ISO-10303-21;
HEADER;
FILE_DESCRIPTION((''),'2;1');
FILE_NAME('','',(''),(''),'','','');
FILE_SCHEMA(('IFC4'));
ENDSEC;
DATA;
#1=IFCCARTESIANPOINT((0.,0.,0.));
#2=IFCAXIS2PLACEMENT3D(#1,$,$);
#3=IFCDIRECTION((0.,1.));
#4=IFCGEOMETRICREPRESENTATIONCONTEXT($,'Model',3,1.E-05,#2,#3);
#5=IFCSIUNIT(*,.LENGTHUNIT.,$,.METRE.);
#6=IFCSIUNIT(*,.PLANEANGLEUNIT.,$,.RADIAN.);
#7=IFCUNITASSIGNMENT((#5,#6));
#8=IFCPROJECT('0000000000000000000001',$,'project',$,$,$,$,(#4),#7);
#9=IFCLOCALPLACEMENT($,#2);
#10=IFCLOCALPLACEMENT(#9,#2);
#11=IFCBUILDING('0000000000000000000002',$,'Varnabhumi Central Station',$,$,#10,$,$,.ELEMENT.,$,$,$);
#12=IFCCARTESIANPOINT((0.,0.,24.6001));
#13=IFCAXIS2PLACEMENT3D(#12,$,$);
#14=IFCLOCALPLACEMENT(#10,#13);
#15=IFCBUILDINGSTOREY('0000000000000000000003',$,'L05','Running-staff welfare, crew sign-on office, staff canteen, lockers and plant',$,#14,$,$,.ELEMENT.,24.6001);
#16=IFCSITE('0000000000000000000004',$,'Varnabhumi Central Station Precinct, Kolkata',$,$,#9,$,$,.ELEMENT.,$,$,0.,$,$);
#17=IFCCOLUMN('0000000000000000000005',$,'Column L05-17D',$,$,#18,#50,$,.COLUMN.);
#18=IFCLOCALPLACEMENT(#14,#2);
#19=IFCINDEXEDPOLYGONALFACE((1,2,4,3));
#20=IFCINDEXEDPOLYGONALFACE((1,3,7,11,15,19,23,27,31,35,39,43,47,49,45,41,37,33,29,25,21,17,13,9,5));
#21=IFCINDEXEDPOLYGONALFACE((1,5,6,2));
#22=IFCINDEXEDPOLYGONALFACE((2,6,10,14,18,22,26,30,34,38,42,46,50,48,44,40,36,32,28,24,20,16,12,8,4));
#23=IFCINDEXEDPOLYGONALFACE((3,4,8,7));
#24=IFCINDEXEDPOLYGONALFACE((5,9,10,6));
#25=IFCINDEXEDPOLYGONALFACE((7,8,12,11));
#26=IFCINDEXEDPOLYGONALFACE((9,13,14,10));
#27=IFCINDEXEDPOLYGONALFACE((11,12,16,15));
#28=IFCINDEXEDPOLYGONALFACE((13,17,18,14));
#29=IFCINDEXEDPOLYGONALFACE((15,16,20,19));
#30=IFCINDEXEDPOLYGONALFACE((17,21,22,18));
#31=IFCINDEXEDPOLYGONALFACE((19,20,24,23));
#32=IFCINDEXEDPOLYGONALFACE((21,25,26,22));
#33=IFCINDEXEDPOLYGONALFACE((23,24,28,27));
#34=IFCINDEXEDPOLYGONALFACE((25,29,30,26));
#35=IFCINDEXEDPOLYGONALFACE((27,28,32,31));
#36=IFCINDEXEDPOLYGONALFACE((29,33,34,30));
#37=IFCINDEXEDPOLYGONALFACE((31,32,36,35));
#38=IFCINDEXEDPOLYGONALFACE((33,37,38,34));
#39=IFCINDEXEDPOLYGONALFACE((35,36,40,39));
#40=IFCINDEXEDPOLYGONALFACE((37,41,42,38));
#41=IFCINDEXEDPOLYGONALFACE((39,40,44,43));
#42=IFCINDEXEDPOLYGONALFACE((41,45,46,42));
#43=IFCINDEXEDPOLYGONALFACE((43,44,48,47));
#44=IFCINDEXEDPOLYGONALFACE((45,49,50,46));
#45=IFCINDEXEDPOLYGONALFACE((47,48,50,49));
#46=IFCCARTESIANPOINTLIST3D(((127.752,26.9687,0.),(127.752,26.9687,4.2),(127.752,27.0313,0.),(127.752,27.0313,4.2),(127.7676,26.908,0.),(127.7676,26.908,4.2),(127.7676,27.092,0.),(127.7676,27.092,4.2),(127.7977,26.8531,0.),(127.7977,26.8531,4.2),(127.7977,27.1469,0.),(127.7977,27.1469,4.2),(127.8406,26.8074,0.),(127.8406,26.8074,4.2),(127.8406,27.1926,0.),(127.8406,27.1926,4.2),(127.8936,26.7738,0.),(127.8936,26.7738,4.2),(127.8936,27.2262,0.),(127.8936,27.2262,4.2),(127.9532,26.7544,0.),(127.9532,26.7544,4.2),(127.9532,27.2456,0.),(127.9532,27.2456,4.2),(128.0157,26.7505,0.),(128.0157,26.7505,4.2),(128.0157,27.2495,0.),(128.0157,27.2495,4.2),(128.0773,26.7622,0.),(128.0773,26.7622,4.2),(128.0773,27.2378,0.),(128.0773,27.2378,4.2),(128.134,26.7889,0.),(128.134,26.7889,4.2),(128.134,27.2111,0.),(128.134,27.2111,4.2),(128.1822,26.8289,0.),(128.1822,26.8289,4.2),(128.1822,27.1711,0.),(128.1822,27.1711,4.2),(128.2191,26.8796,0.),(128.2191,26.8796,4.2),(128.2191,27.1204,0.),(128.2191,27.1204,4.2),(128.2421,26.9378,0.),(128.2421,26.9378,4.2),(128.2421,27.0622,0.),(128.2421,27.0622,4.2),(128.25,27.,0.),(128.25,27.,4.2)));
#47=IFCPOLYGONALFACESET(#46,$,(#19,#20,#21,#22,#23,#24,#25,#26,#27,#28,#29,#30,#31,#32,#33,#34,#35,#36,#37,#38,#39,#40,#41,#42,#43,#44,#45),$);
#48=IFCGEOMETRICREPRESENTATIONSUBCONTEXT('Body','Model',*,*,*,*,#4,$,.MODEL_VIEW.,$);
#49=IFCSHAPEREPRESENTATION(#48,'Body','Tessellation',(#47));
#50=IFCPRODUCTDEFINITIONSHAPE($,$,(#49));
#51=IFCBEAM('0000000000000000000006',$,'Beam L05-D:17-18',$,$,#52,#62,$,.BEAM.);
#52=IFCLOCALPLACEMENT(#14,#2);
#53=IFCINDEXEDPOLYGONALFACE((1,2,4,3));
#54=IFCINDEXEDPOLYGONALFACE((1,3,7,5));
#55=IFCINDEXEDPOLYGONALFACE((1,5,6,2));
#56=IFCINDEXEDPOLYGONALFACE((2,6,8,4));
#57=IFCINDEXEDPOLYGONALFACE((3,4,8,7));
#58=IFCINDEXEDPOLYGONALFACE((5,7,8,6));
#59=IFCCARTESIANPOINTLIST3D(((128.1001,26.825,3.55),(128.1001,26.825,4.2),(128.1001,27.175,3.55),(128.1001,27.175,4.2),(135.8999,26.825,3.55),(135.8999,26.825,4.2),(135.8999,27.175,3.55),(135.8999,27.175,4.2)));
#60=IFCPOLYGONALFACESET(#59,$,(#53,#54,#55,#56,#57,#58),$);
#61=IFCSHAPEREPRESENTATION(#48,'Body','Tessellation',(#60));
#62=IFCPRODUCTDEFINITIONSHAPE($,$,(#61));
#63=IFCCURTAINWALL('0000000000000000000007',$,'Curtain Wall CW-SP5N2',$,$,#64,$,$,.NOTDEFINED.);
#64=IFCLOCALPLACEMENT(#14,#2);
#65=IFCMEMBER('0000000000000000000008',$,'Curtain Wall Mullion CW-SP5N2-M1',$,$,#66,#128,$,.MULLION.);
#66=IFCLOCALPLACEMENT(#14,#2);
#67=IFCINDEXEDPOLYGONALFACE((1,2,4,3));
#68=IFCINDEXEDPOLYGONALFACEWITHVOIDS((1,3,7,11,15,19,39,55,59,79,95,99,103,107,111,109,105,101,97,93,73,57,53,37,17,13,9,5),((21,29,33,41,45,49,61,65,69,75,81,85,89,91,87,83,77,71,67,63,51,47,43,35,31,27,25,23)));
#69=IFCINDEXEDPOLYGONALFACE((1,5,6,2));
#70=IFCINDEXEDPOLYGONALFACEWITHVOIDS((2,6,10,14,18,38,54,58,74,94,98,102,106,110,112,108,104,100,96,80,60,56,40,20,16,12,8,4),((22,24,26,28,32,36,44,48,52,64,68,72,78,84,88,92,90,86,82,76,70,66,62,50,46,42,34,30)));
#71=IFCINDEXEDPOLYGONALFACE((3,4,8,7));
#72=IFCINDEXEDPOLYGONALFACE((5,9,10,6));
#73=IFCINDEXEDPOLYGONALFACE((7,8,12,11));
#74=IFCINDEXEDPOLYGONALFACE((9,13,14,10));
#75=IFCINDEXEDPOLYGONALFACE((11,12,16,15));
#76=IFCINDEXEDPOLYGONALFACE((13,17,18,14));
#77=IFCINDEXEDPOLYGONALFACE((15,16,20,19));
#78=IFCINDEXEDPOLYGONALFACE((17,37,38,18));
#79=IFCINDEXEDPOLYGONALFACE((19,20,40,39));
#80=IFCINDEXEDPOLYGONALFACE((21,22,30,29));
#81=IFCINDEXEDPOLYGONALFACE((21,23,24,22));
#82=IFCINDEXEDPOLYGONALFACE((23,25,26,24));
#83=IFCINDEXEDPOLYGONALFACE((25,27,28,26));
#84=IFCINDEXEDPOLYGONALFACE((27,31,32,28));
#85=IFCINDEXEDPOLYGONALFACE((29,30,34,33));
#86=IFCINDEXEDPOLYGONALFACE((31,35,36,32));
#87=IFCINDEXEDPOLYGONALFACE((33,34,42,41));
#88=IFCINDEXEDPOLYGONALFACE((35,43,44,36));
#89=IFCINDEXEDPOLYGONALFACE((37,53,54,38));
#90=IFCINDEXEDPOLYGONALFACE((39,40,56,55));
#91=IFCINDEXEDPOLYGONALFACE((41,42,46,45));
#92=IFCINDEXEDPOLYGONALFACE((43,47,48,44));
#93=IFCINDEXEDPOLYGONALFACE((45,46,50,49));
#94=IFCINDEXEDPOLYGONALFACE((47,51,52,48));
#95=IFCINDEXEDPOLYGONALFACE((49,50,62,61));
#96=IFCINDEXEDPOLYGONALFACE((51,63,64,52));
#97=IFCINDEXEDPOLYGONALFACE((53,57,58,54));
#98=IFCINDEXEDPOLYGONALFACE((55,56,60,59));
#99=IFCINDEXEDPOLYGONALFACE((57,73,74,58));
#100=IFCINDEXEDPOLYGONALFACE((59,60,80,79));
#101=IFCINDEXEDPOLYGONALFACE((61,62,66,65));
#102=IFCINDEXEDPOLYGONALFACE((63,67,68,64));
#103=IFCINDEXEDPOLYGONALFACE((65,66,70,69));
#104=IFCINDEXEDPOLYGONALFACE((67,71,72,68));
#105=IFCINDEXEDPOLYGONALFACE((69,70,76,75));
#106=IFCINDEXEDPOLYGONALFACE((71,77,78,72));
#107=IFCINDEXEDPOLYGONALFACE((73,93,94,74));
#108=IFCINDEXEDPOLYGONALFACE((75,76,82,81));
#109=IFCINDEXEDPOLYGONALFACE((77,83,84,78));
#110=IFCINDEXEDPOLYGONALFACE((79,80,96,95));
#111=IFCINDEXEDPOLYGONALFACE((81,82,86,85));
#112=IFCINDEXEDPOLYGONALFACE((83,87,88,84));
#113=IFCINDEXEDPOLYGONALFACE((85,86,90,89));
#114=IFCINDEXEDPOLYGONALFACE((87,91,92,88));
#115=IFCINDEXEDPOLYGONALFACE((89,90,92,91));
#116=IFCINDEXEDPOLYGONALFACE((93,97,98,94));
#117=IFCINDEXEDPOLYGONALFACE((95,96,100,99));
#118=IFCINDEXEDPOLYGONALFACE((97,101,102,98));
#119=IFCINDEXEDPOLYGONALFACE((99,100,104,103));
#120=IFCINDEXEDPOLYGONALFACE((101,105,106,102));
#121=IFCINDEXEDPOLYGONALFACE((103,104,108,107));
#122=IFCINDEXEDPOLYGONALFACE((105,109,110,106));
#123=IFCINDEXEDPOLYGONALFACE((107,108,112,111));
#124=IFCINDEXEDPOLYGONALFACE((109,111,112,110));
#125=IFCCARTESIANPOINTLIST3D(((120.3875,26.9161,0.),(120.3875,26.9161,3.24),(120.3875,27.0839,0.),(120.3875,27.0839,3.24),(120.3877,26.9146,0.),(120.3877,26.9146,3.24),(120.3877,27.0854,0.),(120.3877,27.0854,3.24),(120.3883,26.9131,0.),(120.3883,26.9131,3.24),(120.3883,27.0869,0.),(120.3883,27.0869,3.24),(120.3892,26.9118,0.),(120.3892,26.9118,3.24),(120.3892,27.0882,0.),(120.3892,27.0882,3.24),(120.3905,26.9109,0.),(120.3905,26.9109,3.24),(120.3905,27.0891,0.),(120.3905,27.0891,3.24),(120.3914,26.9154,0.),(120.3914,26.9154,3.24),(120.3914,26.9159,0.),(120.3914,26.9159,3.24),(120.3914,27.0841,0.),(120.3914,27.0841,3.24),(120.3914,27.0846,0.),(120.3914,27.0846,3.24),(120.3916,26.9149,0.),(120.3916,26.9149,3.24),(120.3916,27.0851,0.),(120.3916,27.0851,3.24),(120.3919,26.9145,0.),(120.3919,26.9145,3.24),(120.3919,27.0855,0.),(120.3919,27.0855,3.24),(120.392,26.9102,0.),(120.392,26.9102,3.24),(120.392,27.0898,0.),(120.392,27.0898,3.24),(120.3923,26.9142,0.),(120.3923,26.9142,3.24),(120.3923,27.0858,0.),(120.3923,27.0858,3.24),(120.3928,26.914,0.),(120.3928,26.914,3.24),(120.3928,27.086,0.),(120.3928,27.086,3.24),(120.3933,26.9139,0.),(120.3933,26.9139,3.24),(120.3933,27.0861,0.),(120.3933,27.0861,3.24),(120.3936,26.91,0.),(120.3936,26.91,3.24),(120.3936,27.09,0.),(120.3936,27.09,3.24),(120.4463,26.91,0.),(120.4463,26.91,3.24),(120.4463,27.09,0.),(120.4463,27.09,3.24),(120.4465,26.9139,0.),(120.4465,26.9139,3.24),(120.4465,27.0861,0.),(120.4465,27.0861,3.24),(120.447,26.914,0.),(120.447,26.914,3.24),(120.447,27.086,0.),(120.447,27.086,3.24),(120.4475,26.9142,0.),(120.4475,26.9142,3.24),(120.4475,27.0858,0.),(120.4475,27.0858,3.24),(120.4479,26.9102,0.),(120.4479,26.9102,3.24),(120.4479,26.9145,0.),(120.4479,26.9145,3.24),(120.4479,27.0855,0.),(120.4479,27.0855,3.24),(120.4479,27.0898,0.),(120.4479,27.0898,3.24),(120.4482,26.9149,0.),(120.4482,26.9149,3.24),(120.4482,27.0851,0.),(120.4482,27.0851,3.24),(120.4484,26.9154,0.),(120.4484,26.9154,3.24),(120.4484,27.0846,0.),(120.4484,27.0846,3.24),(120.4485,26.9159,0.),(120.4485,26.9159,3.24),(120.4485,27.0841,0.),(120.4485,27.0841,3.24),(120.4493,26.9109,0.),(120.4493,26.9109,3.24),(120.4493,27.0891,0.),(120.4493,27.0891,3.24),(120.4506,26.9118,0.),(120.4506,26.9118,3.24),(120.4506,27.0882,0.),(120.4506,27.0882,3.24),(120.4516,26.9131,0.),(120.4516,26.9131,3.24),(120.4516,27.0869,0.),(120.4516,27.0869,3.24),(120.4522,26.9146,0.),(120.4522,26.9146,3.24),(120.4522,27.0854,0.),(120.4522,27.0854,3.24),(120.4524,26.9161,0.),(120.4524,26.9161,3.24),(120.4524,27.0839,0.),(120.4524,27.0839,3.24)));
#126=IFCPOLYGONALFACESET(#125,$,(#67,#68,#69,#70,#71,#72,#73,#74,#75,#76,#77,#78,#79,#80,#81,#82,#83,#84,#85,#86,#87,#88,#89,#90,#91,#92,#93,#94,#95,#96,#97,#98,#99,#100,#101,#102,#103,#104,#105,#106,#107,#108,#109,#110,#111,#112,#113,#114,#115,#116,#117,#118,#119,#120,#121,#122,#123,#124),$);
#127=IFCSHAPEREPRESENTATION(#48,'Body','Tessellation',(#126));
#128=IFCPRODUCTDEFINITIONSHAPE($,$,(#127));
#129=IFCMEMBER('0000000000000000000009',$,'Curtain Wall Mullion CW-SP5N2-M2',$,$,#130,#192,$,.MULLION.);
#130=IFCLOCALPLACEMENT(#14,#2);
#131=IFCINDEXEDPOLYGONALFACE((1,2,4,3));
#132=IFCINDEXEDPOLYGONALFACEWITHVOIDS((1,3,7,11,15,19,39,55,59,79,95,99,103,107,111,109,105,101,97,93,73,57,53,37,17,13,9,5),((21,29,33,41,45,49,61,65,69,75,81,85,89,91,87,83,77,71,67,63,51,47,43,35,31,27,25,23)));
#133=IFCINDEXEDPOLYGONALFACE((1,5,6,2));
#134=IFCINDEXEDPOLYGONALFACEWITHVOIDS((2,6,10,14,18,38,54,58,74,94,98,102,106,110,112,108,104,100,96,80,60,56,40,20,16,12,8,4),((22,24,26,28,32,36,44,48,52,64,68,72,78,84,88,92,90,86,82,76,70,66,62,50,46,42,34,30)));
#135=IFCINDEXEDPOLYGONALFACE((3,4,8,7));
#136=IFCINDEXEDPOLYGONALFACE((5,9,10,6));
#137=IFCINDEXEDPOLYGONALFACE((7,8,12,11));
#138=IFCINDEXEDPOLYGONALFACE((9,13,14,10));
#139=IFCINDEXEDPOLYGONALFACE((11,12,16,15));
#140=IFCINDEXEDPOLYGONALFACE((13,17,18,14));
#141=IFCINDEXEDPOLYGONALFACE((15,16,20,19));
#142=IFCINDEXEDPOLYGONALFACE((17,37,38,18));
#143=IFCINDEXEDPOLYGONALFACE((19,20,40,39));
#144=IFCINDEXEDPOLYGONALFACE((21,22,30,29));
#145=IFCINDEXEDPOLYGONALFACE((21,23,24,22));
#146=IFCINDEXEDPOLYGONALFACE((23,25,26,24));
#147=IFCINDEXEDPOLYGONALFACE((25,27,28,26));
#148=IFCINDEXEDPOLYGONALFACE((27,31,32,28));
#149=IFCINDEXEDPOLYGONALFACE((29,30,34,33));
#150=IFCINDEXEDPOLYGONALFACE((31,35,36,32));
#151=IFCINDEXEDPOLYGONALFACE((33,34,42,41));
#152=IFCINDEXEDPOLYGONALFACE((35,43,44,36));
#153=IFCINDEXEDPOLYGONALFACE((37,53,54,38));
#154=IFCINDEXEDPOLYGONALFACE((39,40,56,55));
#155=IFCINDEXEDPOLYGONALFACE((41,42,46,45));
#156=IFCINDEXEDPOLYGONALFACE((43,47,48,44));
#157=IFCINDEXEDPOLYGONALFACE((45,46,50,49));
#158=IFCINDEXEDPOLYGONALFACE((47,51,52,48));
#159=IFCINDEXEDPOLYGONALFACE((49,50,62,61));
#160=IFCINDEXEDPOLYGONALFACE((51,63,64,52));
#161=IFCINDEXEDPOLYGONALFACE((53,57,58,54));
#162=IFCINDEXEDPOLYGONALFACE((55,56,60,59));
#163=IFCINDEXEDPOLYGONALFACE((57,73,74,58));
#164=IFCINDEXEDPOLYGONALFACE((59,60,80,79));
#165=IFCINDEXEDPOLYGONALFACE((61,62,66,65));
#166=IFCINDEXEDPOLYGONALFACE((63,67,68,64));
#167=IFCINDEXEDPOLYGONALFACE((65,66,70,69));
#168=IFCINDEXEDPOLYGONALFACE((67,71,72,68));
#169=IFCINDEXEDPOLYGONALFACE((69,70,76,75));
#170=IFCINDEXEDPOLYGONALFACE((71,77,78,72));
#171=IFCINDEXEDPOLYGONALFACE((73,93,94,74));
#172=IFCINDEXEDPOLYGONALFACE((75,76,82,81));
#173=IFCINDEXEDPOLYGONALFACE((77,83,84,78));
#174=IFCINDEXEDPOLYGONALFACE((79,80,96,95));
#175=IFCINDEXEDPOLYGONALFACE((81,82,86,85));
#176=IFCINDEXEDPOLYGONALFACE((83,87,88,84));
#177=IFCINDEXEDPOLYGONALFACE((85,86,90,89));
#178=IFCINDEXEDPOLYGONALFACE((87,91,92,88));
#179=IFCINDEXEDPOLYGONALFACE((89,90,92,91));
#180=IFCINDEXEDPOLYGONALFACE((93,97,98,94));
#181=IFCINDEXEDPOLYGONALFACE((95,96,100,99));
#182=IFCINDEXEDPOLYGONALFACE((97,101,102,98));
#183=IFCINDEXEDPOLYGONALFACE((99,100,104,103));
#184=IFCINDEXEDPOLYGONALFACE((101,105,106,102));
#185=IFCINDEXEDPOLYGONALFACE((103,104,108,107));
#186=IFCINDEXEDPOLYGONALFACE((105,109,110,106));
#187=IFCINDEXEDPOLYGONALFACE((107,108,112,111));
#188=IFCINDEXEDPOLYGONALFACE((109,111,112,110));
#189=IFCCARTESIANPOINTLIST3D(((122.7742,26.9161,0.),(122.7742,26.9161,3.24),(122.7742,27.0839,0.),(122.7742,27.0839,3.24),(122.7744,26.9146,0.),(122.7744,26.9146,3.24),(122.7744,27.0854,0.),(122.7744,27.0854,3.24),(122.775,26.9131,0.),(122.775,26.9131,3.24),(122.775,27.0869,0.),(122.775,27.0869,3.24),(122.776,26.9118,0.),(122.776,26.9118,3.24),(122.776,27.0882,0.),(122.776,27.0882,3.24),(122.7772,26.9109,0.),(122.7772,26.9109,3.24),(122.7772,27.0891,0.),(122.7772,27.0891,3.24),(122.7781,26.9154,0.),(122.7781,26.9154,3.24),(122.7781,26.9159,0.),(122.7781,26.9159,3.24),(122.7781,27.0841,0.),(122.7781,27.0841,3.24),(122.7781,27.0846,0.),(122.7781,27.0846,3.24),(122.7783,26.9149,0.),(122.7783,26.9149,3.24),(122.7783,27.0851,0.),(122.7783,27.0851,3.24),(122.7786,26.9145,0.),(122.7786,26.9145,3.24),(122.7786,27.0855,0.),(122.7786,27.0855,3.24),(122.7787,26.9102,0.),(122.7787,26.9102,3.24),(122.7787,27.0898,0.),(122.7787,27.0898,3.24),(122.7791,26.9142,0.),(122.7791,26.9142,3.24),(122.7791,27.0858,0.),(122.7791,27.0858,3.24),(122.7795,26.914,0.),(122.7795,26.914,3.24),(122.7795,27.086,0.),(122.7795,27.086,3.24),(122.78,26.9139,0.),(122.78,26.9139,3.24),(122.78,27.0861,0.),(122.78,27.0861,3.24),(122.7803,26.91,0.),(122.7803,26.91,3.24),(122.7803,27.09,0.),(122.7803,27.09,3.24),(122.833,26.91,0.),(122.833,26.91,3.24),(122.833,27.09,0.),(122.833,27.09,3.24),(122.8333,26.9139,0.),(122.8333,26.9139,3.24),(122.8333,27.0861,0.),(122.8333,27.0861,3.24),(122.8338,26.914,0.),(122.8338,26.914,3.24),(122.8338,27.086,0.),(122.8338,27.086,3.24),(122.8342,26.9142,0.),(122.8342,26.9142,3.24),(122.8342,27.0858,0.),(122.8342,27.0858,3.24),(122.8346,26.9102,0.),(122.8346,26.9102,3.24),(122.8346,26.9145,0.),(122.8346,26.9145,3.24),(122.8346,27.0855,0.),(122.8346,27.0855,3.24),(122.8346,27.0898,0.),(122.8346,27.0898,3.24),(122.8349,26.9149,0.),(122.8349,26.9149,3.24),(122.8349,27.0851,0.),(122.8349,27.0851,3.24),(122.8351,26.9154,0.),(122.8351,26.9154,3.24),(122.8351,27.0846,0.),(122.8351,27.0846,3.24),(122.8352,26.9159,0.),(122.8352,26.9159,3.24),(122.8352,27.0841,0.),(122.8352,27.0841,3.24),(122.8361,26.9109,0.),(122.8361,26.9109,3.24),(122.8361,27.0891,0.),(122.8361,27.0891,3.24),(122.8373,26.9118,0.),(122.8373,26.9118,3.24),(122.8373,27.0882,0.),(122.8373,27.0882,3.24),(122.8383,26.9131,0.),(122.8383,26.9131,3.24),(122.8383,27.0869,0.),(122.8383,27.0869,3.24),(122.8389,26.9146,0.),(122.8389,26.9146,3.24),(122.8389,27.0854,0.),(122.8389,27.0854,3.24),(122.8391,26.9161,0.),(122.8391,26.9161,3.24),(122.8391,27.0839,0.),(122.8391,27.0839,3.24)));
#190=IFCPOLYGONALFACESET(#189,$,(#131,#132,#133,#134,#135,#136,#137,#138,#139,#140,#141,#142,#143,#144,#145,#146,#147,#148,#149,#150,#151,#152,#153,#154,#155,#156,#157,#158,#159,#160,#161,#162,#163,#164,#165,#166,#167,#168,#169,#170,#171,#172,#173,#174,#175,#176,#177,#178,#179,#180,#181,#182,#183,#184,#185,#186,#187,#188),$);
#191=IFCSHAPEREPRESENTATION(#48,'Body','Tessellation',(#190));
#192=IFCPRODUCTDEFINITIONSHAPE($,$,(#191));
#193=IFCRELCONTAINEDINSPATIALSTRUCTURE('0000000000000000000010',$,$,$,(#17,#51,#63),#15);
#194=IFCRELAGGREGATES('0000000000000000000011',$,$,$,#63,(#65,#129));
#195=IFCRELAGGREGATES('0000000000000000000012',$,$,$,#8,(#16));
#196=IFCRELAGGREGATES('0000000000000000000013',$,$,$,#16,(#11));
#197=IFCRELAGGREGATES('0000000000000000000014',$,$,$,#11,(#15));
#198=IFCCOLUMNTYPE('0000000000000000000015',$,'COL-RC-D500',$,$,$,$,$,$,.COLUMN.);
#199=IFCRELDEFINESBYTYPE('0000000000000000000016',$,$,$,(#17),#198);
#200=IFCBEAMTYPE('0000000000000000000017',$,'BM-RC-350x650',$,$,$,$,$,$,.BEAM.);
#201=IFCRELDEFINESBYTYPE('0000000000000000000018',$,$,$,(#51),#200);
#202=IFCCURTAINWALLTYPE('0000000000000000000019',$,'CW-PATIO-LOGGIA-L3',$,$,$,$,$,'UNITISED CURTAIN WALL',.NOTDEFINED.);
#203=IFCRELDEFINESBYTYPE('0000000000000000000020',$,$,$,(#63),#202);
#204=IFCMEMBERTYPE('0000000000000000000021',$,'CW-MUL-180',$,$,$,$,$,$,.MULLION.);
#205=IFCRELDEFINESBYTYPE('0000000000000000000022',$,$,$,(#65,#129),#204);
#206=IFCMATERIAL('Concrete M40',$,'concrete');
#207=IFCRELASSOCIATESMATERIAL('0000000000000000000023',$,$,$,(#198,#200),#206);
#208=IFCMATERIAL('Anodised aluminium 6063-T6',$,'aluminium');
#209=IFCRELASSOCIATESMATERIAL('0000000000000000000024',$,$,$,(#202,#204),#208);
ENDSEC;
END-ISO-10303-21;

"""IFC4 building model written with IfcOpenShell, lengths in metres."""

from ifc_helpers import new_model, si_unit, direction, frame, origin, origin_2d, place, context, subcontext, project, spatial, rectangle, hollow_rectangle, circle, extrude, material, material_profile, profile_set, type_object, element, aggregate, save


model = new_model("IFC4")

# Units and contexts
model_context = context("Model", 3, precision=1e-05, world=origin(), true_north=direction((0.0, 1.0)))
body_context = subcontext(model_context, "Body", "Model", "MODEL_VIEW")
ifc_project = project(units=[si_unit("LENGTHUNIT", "METRE"), si_unit("PLANEANGLEUNIT", "RADIAN")], contexts=[model_context])

# Site, building, storey
site_placement = place(None, origin())
site = spatial("IfcSite", under=ifc_project, at=site_placement, Name="Varnabhumi Central Station Precinct, Kolkata", CompositionType="ELEMENT", RefElevation=0.0)
building_placement = place(site_placement, origin())
building = spatial("IfcBuilding", under=site, at=building_placement, Name="Varnabhumi Central Station", CompositionType="ELEMENT")
storey_placement = place(building_placement, frame((0.0, 0.0, 24.6001)))
storey = spatial("IfcBuildingStorey", under=building, at=storey_placement, Name="L05", Description="Running-staff welfare, crew sign-on office, staff canteen, lockers and plant", CompositionType="ELEMENT", Elevation=24.6001)

# Column
ifc_material_1 = material(Name="Concrete M40", Category="concrete")
ifc_material_profile_1 = material_profile(ifc_material_1, circle(Radius=0.25, at=origin_2d()), Name="Concrete M40", Category="concrete")
ifc_profile_set_1 = profile_set([ifc_material_profile_1], Name="Concrete M40")
column_type = type_object("IfcColumnType", Name="COL-RC-D500", PredefinedType="COLUMN", material=ifc_profile_set_1)
column_placement = place(storey_placement, frame((128.0, 27.0, 0.0), z_axis=(0.0, 0.0, 1.0), x_axis=(1.0, 0.0, 0.0)))
element("IfcColumn", 1, at=column_placement, inside=storey, type_object=column_type, Name="Column L05-17D", PredefinedType="COLUMN", context=body_context, shape_type="SweptSolid", body=[
    extrude(circle(Radius=0.25, at=origin_2d()), origin(), (0.0, 0.0, 1.0), 4.2),
])

# Beam
ifc_material_profile_2 = material_profile(ifc_material_1, rectangle(XDim=0.3501, YDim=0.6499, at=origin_2d()), Name="Concrete M40", Category="concrete")
ifc_profile_set_2 = profile_set([ifc_material_profile_2], Name="Concrete M40")
beam_type = type_object("IfcBeamType", Name="BM-RC-350x650", PredefinedType="BEAM", material=ifc_profile_set_2)
beam_placement = place(storey_placement, frame((128.1001, 27.0, 3.875), z_axis=(1.0, 0.0, 0.0), x_axis=(0.0, 1.0, 0.0)))
element("IfcBeam", 2, at=beam_placement, inside=storey, type_object=beam_type, Name="Beam L05-D:17-18", PredefinedType="BEAM", context=body_context, shape_type="SweptSolid", body=[
    extrude(rectangle(XDim=0.3501, YDim=0.6499, at=origin_2d()), origin(), (0.0, 0.0, 1.0), 7.7998),
])

# Curtain wall, members
ifc_material_2 = material(Name="Anodised aluminium 6063-T6", Category="aluminium")
curtain_wall_type = type_object("IfcCurtainWallType", Name="CW-PATIO-LOGGIA-L3", ElementType="UNITISED CURTAIN WALL", PredefinedType="NOTDEFINED", material=ifc_material_2)
curtain_wall_1_placement = place(storey_placement, origin())
curtain_wall_1 = element("IfcCurtainWall", 3, at=curtain_wall_1_placement, inside=storey, type_object=curtain_wall_type, Name="Curtain Wall CW-SP5N2", PredefinedType="NOTDEFINED")
ifc_material_profile_3 = material_profile(ifc_material_2, hollow_rectangle(XDim=0.0649, YDim=0.1799, WallThickness=0.0039, InnerFilletRadius=0.002, OuterFilletRadius=0.0061, at=origin_2d()), Name="Anodised aluminium 6063-T6", Category="aluminium")
ifc_profile_set_3 = profile_set([ifc_material_profile_3], Name="Anodised aluminium 6063-T6")
member_type_1 = type_object("IfcMemberType", Name="CW-MUL-180", PredefinedType="MULLION", material=ifc_profile_set_3)
member_1_placement = place(storey_placement, frame((120.4199, 27.0, 0.0), z_axis=(0.0, 0.0, 1.0), x_axis=(1.0, 0.0, 0.0)))
member_1 = element("IfcMember", 4, at=member_1_placement, type_object=member_type_1, Name="Curtain Wall Mullion CW-SP5N2-M1", PredefinedType="MULLION", context=body_context, shape_type="SweptSolid", body=[
    extrude(hollow_rectangle(XDim=0.0649, YDim=0.1799, WallThickness=0.0039, InnerFilletRadius=0.002, OuterFilletRadius=0.0061, at=origin_2d()), origin(), (0.0, 0.0, 1.0), 3.24),
])
member_2_placement = place(storey_placement, frame((122.8066, 27.0, 0.0), z_axis=(0.0, 0.0, 1.0), x_axis=(1.0, 0.0, 0.0)))
member_2 = element("IfcMember", 5, at=member_2_placement, type_object=member_type_1, Name="Curtain Wall Mullion CW-SP5N2-M2", PredefinedType="MULLION", context=body_context, shape_type="SweptSolid", body=[
    extrude(hollow_rectangle(XDim=0.0649, YDim=0.1799, WallThickness=0.0039, InnerFilletRadius=0.002, OuterFilletRadius=0.0061, at=origin_2d()), origin(), (0.0, 0.0, 1.0), 3.24),
])

aggregate(curtain_wall_1, [member_1, member_2])

save(model, "model.ifc")
